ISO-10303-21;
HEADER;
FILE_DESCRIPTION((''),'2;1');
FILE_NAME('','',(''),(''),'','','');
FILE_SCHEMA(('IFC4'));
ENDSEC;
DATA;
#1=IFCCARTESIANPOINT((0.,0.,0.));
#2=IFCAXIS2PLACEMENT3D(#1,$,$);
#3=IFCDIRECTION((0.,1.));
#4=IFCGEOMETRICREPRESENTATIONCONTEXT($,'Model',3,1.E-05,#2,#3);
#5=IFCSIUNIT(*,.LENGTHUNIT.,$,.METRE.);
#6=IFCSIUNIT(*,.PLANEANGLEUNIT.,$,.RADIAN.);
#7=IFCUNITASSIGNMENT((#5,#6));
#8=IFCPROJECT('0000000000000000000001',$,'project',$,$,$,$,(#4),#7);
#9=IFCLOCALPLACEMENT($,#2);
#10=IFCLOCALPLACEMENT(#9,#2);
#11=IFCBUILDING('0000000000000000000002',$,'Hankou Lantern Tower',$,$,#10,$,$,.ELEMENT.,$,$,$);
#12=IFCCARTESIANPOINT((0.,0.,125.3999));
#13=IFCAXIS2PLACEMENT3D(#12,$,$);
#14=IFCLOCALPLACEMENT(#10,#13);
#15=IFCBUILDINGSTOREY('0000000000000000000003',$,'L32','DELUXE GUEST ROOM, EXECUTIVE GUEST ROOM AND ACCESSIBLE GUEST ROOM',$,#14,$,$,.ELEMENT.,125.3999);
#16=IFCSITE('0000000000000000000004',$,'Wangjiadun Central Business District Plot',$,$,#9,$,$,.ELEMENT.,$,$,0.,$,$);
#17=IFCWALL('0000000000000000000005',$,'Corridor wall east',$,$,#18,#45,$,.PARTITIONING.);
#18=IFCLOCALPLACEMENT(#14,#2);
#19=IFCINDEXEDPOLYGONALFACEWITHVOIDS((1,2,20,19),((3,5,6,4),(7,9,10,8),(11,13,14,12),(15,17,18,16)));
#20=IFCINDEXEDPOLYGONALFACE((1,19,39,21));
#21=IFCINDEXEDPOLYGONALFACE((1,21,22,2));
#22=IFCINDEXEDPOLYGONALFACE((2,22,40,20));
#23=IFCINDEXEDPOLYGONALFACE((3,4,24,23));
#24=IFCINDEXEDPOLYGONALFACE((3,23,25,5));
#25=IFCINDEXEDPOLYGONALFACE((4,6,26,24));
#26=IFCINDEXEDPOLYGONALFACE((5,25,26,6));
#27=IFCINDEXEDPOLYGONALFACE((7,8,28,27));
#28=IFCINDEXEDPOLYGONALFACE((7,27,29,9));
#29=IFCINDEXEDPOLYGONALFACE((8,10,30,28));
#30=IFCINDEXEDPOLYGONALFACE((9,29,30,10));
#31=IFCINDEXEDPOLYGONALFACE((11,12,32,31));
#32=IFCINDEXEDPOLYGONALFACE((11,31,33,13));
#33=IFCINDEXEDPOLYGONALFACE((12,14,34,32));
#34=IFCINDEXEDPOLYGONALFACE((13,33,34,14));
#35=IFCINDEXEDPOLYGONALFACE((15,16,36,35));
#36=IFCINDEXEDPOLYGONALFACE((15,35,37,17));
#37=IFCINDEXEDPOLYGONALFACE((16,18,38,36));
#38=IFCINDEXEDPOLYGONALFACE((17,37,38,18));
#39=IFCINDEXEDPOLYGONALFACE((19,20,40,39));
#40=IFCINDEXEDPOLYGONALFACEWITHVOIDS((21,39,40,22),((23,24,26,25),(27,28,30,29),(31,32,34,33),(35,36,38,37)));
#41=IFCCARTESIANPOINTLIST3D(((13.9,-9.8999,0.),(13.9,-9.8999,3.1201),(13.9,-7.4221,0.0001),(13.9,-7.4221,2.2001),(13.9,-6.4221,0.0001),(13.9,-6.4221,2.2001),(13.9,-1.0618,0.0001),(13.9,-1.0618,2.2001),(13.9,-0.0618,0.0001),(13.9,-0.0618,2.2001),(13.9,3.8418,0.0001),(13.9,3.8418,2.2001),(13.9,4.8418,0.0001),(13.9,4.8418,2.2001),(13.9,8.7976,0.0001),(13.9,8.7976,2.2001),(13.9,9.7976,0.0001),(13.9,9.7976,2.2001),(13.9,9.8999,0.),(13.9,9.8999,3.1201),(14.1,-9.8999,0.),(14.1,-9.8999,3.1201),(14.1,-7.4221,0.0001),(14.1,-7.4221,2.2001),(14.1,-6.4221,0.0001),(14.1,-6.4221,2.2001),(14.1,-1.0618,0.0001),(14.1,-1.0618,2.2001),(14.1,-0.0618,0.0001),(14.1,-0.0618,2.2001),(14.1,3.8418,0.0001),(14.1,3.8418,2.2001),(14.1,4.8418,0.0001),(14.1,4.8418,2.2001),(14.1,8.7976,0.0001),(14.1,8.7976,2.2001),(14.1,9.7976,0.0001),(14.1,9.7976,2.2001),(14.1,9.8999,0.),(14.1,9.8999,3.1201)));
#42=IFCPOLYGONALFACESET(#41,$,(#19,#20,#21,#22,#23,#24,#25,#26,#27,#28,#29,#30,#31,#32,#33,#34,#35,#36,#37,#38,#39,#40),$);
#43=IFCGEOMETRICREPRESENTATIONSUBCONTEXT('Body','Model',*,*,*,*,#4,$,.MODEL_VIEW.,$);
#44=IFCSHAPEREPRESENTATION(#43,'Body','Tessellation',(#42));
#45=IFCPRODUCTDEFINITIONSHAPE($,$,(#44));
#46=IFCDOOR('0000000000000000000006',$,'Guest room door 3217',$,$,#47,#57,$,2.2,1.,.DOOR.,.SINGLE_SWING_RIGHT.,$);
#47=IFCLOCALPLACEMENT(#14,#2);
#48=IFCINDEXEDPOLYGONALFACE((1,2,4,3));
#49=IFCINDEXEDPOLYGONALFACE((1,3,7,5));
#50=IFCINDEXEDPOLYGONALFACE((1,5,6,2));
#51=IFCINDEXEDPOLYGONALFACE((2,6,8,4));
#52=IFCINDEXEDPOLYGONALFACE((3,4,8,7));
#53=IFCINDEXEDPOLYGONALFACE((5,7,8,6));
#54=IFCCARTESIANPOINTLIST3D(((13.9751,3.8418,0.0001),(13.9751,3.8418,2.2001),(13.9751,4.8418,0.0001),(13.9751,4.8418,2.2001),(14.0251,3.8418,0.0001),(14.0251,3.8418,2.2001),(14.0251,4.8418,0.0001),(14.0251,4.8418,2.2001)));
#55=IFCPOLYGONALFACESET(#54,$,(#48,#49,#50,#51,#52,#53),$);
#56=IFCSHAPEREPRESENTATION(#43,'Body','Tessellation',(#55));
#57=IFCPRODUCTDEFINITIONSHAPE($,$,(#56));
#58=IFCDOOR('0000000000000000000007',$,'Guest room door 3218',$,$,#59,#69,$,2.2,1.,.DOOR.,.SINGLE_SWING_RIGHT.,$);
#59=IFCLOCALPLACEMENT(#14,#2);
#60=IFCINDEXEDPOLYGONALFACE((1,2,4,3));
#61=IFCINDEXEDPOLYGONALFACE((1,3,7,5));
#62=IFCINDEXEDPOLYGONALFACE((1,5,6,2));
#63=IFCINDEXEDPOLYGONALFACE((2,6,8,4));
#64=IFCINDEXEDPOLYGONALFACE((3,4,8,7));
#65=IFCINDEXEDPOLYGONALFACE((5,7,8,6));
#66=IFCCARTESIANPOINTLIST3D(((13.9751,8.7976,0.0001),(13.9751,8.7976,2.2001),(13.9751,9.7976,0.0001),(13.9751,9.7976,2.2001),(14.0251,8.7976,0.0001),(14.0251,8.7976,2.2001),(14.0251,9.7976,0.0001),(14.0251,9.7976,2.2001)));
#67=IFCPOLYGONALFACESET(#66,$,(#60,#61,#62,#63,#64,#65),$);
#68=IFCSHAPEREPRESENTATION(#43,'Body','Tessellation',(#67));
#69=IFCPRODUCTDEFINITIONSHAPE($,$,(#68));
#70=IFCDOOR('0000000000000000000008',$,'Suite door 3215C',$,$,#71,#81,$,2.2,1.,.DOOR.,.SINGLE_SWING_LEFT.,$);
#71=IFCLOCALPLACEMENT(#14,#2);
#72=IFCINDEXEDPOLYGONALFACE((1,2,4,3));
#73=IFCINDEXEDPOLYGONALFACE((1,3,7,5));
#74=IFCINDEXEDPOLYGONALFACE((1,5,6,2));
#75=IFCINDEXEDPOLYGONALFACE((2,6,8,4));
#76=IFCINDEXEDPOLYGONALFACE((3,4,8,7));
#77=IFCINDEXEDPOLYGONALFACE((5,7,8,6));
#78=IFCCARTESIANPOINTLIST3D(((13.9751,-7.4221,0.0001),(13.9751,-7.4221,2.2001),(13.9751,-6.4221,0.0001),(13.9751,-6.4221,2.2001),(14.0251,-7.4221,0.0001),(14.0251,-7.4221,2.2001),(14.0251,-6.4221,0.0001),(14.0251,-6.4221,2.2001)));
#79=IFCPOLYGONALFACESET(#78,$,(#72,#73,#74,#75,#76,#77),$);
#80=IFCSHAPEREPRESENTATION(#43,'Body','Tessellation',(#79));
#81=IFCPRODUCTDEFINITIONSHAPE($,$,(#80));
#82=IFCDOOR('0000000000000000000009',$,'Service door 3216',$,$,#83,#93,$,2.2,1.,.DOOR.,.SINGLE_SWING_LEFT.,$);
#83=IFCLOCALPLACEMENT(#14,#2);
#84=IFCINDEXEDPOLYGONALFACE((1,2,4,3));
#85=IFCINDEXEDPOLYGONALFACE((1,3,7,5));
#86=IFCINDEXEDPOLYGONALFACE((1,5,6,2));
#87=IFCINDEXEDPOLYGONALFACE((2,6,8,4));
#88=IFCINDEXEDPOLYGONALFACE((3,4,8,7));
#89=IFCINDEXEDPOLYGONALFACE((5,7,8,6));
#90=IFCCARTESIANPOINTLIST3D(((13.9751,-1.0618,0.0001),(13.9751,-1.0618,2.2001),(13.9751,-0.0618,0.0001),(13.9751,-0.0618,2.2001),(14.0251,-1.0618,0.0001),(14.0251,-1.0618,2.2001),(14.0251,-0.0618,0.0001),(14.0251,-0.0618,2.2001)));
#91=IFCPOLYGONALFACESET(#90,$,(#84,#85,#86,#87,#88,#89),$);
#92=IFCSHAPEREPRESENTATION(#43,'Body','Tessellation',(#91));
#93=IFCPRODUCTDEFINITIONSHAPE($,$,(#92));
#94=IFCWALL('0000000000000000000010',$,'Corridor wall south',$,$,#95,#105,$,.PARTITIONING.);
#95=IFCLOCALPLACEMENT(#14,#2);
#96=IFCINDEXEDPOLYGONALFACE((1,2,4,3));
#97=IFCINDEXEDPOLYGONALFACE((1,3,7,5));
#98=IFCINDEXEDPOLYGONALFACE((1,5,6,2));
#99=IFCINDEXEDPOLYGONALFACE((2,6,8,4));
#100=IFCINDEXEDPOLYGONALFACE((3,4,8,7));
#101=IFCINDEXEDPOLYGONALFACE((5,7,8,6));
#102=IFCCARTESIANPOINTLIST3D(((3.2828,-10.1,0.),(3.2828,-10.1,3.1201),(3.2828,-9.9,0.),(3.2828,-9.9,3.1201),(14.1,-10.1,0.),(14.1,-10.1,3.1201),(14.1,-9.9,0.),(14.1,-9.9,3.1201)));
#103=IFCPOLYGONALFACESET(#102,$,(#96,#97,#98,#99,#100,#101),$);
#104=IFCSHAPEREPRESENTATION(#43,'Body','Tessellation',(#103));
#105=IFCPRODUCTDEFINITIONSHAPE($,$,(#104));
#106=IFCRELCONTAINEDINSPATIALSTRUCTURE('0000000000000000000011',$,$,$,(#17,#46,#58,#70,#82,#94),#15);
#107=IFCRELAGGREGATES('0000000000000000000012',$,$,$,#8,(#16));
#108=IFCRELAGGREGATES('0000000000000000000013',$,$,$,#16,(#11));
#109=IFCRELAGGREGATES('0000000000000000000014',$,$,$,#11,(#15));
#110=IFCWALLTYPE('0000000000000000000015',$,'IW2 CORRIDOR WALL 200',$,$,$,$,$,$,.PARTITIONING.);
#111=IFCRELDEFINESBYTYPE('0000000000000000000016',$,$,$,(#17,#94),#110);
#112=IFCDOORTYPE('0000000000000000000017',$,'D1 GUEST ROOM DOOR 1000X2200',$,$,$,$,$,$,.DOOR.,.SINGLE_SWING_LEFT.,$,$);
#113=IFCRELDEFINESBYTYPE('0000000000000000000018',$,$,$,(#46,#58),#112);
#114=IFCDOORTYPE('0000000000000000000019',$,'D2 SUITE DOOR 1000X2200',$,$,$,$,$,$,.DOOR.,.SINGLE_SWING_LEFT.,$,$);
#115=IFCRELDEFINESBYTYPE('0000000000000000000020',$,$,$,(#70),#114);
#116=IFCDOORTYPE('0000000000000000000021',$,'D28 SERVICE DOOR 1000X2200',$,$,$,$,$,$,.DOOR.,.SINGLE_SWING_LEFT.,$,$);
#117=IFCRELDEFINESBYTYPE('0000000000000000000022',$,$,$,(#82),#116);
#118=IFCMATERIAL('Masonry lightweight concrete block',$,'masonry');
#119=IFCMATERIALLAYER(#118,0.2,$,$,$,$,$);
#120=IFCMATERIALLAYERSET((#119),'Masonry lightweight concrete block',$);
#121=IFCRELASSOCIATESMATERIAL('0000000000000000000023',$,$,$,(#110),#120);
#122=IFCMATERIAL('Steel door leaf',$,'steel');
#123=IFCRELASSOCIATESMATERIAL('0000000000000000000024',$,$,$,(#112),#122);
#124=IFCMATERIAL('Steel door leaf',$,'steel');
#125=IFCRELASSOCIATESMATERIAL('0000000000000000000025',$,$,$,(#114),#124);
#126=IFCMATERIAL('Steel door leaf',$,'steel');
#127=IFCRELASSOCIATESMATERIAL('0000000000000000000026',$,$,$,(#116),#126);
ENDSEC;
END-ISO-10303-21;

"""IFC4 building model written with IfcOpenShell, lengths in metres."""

from ifc_helpers import new_model, si_unit, direction, frame, frame_2d, origin, place, context, subcontext, project, spatial, rectangle, extrude, material, layer, layer_set, type_object, element, fill, save


model = new_model("IFC4")

# Units and contexts
model_context = context("Model", 3, precision=1e-05, world=origin(), true_north=direction((0.0, 1.0)))
body_context = subcontext(model_context, "Body", "Model", "MODEL_VIEW")
ifc_project = project(units=[si_unit("LENGTHUNIT", "METRE"), si_unit("PLANEANGLEUNIT", "RADIAN")], contexts=[model_context])

# Site, building, storey
site_placement = place(None, origin())
site = spatial("IfcSite", under=ifc_project, at=site_placement, Name="Wangjiadun Central Business District Plot", CompositionType="ELEMENT", RefElevation=0.0)
building_placement = place(site_placement, origin())
building = spatial("IfcBuilding", under=site, at=building_placement, Name="Hankou Lantern Tower", CompositionType="ELEMENT")
storey_placement = place(building_placement, frame((0.0, 0.0, 125.3999)))
storey = spatial("IfcBuildingStorey", under=building, at=storey_placement, Name="L32", Description="DELUXE GUEST ROOM, EXECUTIVE GUEST ROOM AND ACCESSIBLE GUEST ROOM", CompositionType="ELEMENT", Elevation=125.3999)

# Wall, openings, doors
ifc_material_1 = material(Name="Masonry lightweight concrete block", Category="masonry")
ifc_layer_1 = layer(ifc_material_1, 0.2)
ifc_layer_set_1 = layer_set([ifc_layer_1], Name="Masonry lightweight concrete block")
wall_type_1 = type_object("IfcWallType", Name="IW2 CORRIDOR WALL 200", PredefinedType="PARTITIONING", material=ifc_layer_set_1)
wall_1_placement = place(storey_placement, frame((14.0, -9.8999, 0.0), z_axis=(0.0, 0.0, 1.0), x_axis=(0.0, 1.0, 0.0)))
wall_1 = element("IfcWall", 1, at=wall_1_placement, inside=storey, type_object=wall_type_1, Name="Corridor wall east", PredefinedType="PARTITIONING", context=body_context, shape_type="SweptSolid", body=[
    extrude(rectangle(XDim=19.7998, YDim=0.2, at=frame_2d((9.8999, 0.0))), origin(), (0.0, 0.0, 1.0), 3.1201),
])
opening_1_placement = place(wall_1_placement, frame((2.4778, 0.0, 0.0)))
opening_1 = element("IfcOpeningElement", 2, at=opening_1_placement, cuts=wall_1, PredefinedType="OPENING", context=body_context, shape_type="SweptSolid", body=[
    extrude(rectangle(XDim=1.0, YDim=2.2, at=frame_2d((0.5, 1.1001))), frame((0.0, 0.1099, 0.0), z_axis=(0.0, -1.0, 0.0), x_axis=(1.0, 0.0, 0.0)), (0.0, 0.0, 1.0), 0.22),
])
opening_2_placement = place(wall_1_placement, frame((8.8381, 0.0, 0.0)))
opening_2 = element("IfcOpeningElement", 3, at=opening_2_placement, cuts=wall_1, PredefinedType="OPENING", context=body_context, shape_type="SweptSolid", body=[
    extrude(rectangle(XDim=1.0, YDim=2.2, at=frame_2d((0.5, 1.1001))), frame((0.0, 0.1099, 0.0), z_axis=(0.0, -1.0, 0.0), x_axis=(1.0, 0.0, 0.0)), (0.0, 0.0, 1.0), 0.22),
])
opening_3_placement = place(wall_1_placement, frame((13.7417, 0.0, 0.0)))
opening_3 = element("IfcOpeningElement", 4, at=opening_3_placement, cuts=wall_1, PredefinedType="OPENING", context=body_context, shape_type="SweptSolid", body=[
    extrude(rectangle(XDim=1.0, YDim=2.2, at=frame_2d((0.5, 1.1001))), frame((0.0, 0.1099, 0.0), z_axis=(0.0, -1.0, 0.0), x_axis=(1.0, 0.0, 0.0)), (0.0, 0.0, 1.0), 0.22),
])
opening_4_placement = place(wall_1_placement, frame((18.6975, 0.0, 0.0)))
opening_4 = element("IfcOpeningElement", 5, at=opening_4_placement, cuts=wall_1, PredefinedType="OPENING", context=body_context, shape_type="SweptSolid", body=[
    extrude(rectangle(XDim=1.0, YDim=2.2, at=frame_2d((0.5, 1.1001))), frame((0.0, 0.1099, 0.0), z_axis=(0.0, -1.0, 0.0), x_axis=(1.0, 0.0, 0.0)), (0.0, 0.0, 1.0), 0.22),
])
ifc_material_2 = material(Name="Steel door leaf", Category="steel")
door_type_1 = type_object("IfcDoorType", Name="D1 GUEST ROOM DOOR 1000X2200", OperationType="SINGLE_SWING_LEFT", PredefinedType="DOOR", material=ifc_material_2)
door_1_placement = place(opening_3_placement, origin())
door_1 = element("IfcDoor", 6, at=door_1_placement, inside=storey, type_object=door_type_1, Name="Guest room door 3217", OperationType="SINGLE_SWING_RIGHT", OverallHeight=2.2, OverallWidth=1.0, PredefinedType="DOOR", context=body_context, shape_type="SweptSolid", body=[
    extrude(rectangle(XDim=1.0, YDim=2.2, at=frame_2d((0.5, 1.1001))), frame((0.0, 0.0249, 0.0), z_axis=(0.0, -1.0, 0.0), x_axis=(1.0, 0.0, 0.0)), (0.0, 0.0, 1.0), 0.05),
])
fill(opening_3, door_1)
door_2_placement = place(opening_4_placement, origin())
door_2 = element("IfcDoor", 7, at=door_2_placement, inside=storey, type_object=door_type_1, Name="Guest room door 3218", OperationType="SINGLE_SWING_RIGHT", OverallHeight=2.2, OverallWidth=1.0, PredefinedType="DOOR", context=body_context, shape_type="SweptSolid", body=[
    extrude(rectangle(XDim=1.0, YDim=2.2, at=frame_2d((0.5, 1.1001))), frame((0.0, 0.0249, 0.0), z_axis=(0.0, -1.0, 0.0), x_axis=(1.0, 0.0, 0.0)), (0.0, 0.0, 1.0), 0.05),
])
fill(opening_4, door_2)
ifc_material_3 = material(Name="Steel door leaf", Category="steel")
door_type_2 = type_object("IfcDoorType", Name="D2 SUITE DOOR 1000X2200", OperationType="SINGLE_SWING_LEFT", PredefinedType="DOOR", material=ifc_material_3)
door_3_placement = place(opening_1_placement, origin())
door_3 = element("IfcDoor", 8, at=door_3_placement, inside=storey, type_object=door_type_2, Name="Suite door 3215C", OperationType="SINGLE_SWING_LEFT", OverallHeight=2.2, OverallWidth=1.0, PredefinedType="DOOR", context=body_context, shape_type="SweptSolid", body=[
    extrude(rectangle(XDim=1.0, YDim=2.2, at=frame_2d((0.5, 1.1001))), frame((0.0, 0.0249, 0.0), z_axis=(0.0, -1.0, 0.0), x_axis=(1.0, 0.0, 0.0)), (0.0, 0.0, 1.0), 0.05),
])
fill(opening_1, door_3)
ifc_material_4 = material(Name="Steel door leaf", Category="steel")
door_type_3 = type_object("IfcDoorType", Name="D28 SERVICE DOOR 1000X2200", OperationType="SINGLE_SWING_LEFT", PredefinedType="DOOR", material=ifc_material_4)
door_4_placement = place(opening_2_placement, origin())
door_4 = element("IfcDoor", 9, at=door_4_placement, inside=storey, type_object=door_type_3, Name="Service door 3216", OperationType="SINGLE_SWING_LEFT", OverallHeight=2.2, OverallWidth=1.0, PredefinedType="DOOR", context=body_context, shape_type="SweptSolid", body=[
    extrude(rectangle(XDim=1.0, YDim=2.2, at=frame_2d((0.5, 1.1001))), frame((0.0, 0.0249, 0.0), z_axis=(0.0, -1.0, 0.0), x_axis=(1.0, 0.0, 0.0)), (0.0, 0.0, 1.0), 0.05),
])
fill(opening_2, door_4)

# Wall
wall_2_placement = place(storey_placement, frame((14.1001, -10.0, 0.0), z_axis=(0.0, 0.0, 1.0), x_axis=(-1.0, 0.0, 0.0)))
element("IfcWall", 10, at=wall_2_placement, inside=storey, type_object=wall_type_1, Name="Corridor wall south", PredefinedType="PARTITIONING", context=body_context, shape_type="SweptSolid", body=[
    extrude(rectangle(XDim=10.8171, YDim=0.2, at=frame_2d((5.4087, 0.0))), origin(), (0.0, 0.0, 1.0), 3.1201),
])

save(model, "model.ifc")
